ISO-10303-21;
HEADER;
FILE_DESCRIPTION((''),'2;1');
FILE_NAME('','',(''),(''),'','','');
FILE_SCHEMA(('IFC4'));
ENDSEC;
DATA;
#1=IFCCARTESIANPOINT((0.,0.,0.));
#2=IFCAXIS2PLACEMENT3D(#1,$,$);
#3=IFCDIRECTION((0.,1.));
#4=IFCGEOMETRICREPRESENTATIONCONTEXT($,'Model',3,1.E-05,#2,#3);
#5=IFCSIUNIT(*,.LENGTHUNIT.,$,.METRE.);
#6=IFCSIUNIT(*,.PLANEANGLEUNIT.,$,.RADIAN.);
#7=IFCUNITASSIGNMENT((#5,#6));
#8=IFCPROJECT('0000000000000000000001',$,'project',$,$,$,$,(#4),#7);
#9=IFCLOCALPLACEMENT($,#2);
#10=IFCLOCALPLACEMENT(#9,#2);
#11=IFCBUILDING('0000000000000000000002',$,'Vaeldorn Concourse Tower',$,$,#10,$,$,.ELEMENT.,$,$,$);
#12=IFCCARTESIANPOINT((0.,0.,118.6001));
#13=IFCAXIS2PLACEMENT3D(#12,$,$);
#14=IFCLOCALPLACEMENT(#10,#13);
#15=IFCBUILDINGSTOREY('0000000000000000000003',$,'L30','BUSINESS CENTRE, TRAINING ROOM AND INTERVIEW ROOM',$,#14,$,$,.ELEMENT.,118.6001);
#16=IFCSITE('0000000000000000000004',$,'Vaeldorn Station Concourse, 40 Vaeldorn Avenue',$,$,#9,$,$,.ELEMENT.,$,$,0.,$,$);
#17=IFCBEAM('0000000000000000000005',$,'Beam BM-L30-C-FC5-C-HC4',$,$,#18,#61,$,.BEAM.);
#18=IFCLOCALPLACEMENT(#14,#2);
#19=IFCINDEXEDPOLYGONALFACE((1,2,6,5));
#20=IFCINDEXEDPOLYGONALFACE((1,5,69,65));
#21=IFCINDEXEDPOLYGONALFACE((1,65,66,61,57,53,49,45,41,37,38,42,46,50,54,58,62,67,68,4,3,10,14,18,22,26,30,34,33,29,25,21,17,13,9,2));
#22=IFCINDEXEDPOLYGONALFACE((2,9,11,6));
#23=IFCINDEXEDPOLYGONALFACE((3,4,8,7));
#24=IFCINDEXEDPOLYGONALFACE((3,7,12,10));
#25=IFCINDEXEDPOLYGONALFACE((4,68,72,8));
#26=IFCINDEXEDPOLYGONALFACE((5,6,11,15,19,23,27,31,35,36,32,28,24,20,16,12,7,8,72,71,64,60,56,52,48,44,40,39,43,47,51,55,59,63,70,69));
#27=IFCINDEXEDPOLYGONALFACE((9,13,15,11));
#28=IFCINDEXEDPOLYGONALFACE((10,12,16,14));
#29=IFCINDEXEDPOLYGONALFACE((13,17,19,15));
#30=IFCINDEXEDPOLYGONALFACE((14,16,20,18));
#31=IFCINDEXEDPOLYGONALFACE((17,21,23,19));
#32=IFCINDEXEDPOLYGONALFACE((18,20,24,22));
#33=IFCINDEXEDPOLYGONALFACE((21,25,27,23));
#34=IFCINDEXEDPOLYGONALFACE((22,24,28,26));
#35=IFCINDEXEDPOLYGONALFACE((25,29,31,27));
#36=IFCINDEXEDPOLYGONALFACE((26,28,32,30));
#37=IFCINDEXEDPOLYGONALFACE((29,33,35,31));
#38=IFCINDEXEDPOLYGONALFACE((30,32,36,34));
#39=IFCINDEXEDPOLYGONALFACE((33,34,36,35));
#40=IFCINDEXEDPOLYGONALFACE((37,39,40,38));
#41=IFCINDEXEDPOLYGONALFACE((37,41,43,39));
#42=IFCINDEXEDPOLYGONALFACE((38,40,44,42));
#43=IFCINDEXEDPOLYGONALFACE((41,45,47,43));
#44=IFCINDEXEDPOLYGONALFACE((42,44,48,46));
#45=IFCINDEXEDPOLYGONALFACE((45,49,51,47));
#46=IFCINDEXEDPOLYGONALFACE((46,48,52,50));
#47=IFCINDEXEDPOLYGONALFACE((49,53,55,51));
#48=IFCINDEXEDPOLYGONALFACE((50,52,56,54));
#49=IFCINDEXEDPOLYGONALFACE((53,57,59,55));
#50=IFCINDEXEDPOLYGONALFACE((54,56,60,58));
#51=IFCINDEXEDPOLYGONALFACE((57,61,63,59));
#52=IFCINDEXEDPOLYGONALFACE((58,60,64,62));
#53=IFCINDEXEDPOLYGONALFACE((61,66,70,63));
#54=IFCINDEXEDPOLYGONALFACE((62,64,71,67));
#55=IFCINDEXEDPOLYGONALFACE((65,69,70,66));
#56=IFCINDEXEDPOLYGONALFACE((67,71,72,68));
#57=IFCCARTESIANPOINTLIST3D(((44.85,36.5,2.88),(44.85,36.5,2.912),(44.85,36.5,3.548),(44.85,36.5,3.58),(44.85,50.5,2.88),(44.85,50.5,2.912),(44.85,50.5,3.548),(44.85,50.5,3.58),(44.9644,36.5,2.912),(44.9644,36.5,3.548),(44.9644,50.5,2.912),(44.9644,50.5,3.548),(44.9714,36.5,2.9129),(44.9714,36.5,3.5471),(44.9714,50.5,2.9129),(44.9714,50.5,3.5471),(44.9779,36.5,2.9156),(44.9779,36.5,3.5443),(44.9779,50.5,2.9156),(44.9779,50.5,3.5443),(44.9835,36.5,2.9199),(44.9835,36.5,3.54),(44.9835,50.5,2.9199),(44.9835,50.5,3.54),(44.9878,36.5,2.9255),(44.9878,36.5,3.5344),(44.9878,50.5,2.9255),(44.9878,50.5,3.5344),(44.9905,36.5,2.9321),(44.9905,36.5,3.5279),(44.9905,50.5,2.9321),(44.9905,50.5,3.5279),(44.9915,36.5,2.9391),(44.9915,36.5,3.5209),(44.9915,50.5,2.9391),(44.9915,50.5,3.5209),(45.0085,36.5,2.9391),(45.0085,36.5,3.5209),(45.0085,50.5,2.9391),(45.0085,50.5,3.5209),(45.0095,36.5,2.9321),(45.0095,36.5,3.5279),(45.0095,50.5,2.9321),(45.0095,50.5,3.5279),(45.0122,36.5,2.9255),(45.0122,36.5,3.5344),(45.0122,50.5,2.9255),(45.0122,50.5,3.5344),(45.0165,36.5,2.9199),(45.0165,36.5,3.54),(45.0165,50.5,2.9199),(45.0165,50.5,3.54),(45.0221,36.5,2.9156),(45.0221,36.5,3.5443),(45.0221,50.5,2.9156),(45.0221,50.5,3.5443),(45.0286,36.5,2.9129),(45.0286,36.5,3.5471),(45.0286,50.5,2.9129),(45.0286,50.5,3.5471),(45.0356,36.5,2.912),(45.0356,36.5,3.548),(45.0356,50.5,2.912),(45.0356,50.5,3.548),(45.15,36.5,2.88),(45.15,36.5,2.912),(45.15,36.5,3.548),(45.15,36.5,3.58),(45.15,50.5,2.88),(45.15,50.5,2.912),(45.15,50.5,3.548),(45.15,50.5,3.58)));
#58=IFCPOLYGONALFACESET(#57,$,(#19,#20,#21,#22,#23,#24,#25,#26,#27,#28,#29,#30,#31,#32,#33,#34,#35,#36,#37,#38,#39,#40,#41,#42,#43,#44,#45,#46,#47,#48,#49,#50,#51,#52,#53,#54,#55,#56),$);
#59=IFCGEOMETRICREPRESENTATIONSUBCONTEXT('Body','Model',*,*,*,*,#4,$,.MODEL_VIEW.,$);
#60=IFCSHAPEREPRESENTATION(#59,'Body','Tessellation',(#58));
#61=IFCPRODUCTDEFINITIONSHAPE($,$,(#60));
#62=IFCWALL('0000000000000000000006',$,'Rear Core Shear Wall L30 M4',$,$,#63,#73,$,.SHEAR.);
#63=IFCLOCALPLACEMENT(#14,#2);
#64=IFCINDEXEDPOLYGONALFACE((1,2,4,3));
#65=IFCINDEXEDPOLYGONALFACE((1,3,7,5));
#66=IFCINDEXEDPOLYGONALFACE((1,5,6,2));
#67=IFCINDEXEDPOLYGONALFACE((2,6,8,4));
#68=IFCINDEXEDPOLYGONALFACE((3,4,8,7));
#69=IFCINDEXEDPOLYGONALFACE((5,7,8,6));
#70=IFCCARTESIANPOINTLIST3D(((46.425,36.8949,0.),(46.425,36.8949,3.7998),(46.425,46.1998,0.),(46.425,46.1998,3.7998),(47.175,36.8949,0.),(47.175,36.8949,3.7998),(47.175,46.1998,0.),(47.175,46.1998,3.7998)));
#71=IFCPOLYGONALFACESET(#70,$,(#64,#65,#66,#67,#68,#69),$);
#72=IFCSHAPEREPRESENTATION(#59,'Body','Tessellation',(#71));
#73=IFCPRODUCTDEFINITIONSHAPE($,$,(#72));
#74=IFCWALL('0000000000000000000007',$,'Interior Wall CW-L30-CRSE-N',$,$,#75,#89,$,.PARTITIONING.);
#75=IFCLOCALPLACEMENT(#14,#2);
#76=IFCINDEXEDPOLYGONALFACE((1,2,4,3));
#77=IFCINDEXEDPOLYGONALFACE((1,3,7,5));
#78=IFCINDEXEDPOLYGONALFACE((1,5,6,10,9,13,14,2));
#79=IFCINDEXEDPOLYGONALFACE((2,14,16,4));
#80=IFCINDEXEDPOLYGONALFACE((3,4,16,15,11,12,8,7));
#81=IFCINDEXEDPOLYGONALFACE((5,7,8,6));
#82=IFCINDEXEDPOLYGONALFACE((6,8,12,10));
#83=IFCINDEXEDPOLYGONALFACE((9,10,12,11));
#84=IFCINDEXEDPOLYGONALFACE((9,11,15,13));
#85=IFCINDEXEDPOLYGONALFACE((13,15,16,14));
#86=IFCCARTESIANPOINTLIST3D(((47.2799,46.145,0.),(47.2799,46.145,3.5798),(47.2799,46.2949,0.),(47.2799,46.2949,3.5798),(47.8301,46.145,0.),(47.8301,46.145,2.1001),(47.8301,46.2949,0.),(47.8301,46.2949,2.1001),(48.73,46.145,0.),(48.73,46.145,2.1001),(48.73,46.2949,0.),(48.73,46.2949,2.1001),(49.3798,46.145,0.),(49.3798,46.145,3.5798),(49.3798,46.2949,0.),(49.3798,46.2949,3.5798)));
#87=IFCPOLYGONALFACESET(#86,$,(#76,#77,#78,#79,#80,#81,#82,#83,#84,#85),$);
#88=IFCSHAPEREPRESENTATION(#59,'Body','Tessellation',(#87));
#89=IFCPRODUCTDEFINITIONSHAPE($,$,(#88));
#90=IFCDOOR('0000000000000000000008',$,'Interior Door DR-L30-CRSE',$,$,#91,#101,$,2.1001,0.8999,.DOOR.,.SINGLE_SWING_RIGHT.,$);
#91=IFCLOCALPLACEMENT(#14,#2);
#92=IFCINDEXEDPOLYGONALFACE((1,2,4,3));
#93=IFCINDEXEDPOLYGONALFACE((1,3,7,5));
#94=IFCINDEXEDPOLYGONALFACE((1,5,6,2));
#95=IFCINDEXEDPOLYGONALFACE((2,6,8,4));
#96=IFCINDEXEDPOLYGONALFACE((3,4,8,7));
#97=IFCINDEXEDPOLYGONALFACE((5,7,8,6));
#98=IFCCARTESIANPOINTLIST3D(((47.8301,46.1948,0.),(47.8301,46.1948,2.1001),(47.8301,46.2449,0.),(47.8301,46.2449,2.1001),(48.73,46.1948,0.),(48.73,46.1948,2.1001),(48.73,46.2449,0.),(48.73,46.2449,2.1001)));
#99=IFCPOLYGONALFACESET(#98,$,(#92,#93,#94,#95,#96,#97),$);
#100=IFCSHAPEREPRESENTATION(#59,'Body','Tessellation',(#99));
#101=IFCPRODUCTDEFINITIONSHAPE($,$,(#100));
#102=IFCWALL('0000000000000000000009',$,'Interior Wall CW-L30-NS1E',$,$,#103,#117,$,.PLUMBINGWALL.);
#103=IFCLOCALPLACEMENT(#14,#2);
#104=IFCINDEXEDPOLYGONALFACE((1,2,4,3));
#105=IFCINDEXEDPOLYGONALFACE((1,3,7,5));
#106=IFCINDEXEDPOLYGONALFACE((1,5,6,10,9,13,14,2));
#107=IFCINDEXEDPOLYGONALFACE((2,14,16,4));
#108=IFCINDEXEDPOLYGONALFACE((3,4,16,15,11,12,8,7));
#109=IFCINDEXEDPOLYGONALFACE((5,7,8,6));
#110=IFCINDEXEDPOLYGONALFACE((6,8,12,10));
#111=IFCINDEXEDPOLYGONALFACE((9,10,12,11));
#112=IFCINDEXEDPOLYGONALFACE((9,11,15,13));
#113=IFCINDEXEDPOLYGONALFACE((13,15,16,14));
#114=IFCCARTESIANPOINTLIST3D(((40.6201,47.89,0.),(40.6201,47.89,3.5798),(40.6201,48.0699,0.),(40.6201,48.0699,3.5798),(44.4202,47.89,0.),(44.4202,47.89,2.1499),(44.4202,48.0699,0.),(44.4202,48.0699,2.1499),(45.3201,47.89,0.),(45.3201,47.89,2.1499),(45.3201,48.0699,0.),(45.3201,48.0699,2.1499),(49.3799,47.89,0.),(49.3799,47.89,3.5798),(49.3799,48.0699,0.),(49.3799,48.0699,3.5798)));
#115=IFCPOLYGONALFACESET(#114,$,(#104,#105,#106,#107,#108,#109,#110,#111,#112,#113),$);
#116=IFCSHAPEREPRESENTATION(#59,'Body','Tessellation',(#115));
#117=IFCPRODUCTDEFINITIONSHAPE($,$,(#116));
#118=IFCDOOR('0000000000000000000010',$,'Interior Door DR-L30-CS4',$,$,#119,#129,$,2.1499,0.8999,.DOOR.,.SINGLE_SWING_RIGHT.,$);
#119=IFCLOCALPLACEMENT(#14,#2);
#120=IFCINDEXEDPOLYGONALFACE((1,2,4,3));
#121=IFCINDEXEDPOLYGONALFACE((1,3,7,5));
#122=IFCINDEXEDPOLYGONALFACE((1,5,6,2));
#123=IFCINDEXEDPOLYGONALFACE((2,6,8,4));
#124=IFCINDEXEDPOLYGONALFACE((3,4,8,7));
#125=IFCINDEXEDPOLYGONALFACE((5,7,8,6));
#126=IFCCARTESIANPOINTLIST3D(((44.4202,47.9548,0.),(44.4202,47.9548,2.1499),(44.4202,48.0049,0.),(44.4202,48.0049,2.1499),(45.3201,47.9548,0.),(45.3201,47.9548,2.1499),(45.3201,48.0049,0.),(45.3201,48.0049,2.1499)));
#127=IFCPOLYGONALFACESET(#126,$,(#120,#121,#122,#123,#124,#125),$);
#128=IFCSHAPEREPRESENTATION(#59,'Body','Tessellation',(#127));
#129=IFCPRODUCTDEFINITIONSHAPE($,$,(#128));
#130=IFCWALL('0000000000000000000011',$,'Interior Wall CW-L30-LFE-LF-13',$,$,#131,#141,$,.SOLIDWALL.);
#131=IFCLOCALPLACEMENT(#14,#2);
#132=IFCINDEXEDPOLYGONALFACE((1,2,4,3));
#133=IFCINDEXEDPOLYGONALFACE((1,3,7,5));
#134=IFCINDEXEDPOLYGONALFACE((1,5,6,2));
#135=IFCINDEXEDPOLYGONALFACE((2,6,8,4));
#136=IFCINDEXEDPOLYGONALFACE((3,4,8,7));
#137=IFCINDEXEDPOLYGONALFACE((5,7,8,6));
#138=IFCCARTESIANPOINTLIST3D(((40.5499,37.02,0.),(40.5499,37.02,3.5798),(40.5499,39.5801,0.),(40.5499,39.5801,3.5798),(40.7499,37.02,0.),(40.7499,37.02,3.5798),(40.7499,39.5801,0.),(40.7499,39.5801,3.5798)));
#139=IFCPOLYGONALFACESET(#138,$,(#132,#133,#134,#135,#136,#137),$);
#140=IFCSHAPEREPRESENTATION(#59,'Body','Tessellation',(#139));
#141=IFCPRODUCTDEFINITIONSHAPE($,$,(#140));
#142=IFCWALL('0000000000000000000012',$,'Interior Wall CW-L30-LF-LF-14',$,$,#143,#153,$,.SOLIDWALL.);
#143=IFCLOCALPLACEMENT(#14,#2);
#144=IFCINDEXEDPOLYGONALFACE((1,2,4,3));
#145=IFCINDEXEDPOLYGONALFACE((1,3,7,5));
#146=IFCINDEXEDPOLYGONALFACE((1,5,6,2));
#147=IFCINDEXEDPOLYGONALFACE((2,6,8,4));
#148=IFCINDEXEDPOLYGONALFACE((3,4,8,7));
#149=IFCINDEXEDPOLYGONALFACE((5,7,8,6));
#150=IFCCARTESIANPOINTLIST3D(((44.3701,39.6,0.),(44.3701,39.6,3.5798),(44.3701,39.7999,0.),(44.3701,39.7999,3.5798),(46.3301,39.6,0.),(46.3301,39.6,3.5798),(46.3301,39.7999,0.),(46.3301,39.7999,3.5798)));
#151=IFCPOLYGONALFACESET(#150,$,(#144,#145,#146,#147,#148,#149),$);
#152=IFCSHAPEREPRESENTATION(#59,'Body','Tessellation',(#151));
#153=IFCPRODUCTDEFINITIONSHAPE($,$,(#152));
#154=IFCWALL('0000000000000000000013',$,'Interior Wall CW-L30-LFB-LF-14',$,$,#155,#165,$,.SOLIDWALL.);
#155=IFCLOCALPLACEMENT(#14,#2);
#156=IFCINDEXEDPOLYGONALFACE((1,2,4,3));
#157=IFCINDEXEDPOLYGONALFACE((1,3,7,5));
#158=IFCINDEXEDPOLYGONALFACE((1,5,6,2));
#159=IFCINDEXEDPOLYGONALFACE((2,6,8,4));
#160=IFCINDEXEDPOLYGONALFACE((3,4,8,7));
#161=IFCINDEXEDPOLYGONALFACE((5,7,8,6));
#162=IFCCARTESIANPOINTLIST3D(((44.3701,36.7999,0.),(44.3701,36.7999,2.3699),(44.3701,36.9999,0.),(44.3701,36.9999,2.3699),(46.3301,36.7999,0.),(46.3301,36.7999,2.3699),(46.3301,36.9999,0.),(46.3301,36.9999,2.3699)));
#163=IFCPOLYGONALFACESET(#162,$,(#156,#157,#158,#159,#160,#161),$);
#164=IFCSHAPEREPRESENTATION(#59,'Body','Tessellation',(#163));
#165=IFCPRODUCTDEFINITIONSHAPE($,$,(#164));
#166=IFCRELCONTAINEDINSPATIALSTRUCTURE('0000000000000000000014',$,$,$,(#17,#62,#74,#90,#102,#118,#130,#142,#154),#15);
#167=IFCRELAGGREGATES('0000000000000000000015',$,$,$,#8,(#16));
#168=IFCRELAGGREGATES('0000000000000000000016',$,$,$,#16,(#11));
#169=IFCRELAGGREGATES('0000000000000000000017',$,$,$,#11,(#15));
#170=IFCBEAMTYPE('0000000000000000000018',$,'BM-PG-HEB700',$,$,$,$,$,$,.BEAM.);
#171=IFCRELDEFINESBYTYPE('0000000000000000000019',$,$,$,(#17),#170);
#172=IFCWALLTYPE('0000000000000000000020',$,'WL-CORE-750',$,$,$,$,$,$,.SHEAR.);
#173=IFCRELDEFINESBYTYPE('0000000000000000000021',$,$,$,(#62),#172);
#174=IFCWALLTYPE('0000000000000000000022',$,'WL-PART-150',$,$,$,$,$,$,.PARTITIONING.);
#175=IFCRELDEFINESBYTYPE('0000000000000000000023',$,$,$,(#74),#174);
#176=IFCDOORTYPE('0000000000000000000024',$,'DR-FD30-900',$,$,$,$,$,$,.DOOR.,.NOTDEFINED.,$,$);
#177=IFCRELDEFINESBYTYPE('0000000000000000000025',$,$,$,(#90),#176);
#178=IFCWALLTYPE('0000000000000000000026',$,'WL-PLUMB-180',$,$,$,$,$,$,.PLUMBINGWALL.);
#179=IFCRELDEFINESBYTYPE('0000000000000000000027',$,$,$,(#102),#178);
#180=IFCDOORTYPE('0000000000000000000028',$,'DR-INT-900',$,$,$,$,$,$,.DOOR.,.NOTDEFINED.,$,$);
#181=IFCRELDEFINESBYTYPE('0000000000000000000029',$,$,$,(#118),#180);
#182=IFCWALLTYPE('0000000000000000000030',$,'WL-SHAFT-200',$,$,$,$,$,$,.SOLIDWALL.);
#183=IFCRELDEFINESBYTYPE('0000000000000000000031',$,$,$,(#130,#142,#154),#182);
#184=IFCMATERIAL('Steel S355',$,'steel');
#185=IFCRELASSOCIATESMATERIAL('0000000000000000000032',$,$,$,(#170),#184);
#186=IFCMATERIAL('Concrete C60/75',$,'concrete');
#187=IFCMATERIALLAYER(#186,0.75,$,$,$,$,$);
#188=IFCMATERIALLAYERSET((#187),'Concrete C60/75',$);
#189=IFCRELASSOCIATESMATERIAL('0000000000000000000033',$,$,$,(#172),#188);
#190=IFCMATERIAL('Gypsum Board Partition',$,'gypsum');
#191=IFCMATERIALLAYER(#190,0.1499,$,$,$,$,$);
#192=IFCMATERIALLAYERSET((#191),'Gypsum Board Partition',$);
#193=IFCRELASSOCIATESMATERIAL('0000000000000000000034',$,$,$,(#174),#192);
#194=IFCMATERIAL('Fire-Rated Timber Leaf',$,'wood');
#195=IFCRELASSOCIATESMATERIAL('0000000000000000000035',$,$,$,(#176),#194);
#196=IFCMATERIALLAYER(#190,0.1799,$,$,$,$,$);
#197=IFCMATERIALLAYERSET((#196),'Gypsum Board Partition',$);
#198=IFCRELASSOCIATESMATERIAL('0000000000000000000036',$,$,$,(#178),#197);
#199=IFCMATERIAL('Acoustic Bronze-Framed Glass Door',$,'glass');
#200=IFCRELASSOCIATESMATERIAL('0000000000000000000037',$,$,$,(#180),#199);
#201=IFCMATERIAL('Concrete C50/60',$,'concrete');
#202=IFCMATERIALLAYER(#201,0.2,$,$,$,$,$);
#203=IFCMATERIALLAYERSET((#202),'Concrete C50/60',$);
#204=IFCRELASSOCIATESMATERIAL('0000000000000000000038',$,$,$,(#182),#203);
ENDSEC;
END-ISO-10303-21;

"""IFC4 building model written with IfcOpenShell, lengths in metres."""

from ifc_helpers import new_model, si_unit, direction, frame, frame_2d, origin, origin_2d, place, context, subcontext, project, spatial, rectangle, i_section, extrude, source, transform, mapped, material, layer, layer_set, material_profile, profile_set, type_object, element, fill, save


model = new_model("IFC4")

# Units and contexts
model_context = context("Model", 3, precision=1e-05, world=origin(), true_north=direction((0.0, 1.0)))
body_context = subcontext(model_context, "Body", "Model", "MODEL_VIEW")
ifc_project = project(units=[si_unit("LENGTHUNIT", "METRE"), si_unit("PLANEANGLEUNIT", "RADIAN")], contexts=[model_context])

# Site, building, storey
site_placement = place(None, origin())
site = spatial("IfcSite", under=ifc_project, at=site_placement, Name="Vaeldorn Station Concourse, 40 Vaeldorn Avenue", CompositionType="ELEMENT", RefElevation=0.0)
building_placement = place(site_placement, origin())
building = spatial("IfcBuilding", under=site, at=building_placement, Name="Vaeldorn Concourse Tower", CompositionType="ELEMENT")
storey_placement = place(building_placement, frame((0.0, 0.0, 118.6001)))
storey = spatial("IfcBuildingStorey", under=building, at=storey_placement, Name="L30", Description="BUSINESS CENTRE, TRAINING ROOM AND INTERVIEW ROOM", CompositionType="ELEMENT", Elevation=118.6001)

# Beam
ifc_material_1 = material(Name="Concrete C60/75", Category="concrete")
ifc_material_2 = material(Name="Steel S355", Category="steel")
ifc_material_profile_1 = material_profile(ifc_material_2, i_section(OverallWidth=0.3, OverallDepth=0.7, WebThickness=0.0171, FlangeThickness=0.032, FilletRadius=0.0271, at=origin_2d()), Name="HEB 700")
ifc_profile_set_1 = profile_set([ifc_material_profile_1], Name="Steel S355")
beam_type_1 = type_object("IfcBeamType", Name="BM-PG-HEB700", PredefinedType="BEAM", material=ifc_profile_set_1)
shared_shape_1 = source(origin(), body_context, "Body", "SweptSolid", [
    extrude(i_section(OverallWidth=0.3, OverallDepth=0.7, WebThickness=0.0171, FlangeThickness=0.032, FilletRadius=0.0271, at=origin_2d()), origin(), (0.0, 0.0, 1.0), 14.0),
])
beam_1_placement = place(storey_placement, frame((45.0, 36.5, 3.23), z_axis=(0.0, 1.0, 0.0), x_axis=(-1.0, 0.0, 0.0)))
element("IfcBeam", 1, at=beam_1_placement, inside=storey, type_object=beam_type_1, Name="Beam BM-L30-C-FC5-C-HC4", PredefinedType="BEAM", context=body_context, shape_type="MappedRepresentation", body=[
    mapped(shared_shape_1, transform((0.0, 0.0, 0.0), scale=1.0)),
])

# Wall
ifc_layer_1 = layer(ifc_material_1, 0.75)
ifc_layer_set_1 = layer_set([ifc_layer_1], Name="Concrete C60/75")
wall_type_1 = type_object("IfcWallType", Name="WL-CORE-750", PredefinedType="SHEAR", material=ifc_layer_set_1)
wall_1_placement = place(storey_placement, frame((46.8, 36.895, 0.0), z_axis=(0.0, 0.0, 1.0), x_axis=(0.0, 1.0, 0.0)))
element("IfcWall", 2, at=wall_1_placement, inside=storey, type_object=wall_type_1, Name="Rear Core Shear Wall L30 M4", PredefinedType="SHEAR", context=body_context, shape_type="SweptSolid", body=[
    extrude(rectangle(XDim=9.3049, YDim=0.75, at=frame_2d((4.6523, 0.0))), origin(), (0.0, 0.0, 1.0), 3.7998),
])

# Walls, openings, doors
ifc_material_3 = material(Name="Gypsum Board Partition", Category="gypsum")
ifc_layer_2 = layer(ifc_material_3, 0.1499)
ifc_layer_set_2 = layer_set([ifc_layer_2], Name="Gypsum Board Partition")
wall_type_2 = type_object("IfcWallType", Name="WL-PART-150", PredefinedType="PARTITIONING", material=ifc_layer_set_2)
wall_2_placement = place(storey_placement, frame((47.28, 46.22, 0.0), z_axis=(0.0, 0.0, 1.0), x_axis=(1.0, 0.0, 0.0)))
wall_2 = element("IfcWall", 3, at=wall_2_placement, inside=storey, type_object=wall_type_2, Name="Interior Wall CW-L30-CRSE-N", PredefinedType="PARTITIONING", context=body_context, shape_type="SweptSolid", body=[
    extrude(rectangle(XDim=2.0999, YDim=0.1499, at=frame_2d((1.0498, 0.0))), origin(), (0.0, 0.0, 1.0), 3.5798),
])
opening_1_placement = place(wall_2_placement, frame((0.55, 0.0, 0.0)))
opening_1 = element("IfcOpeningElement", 4, at=opening_1_placement, cuts=wall_2, PredefinedType="OPENING", context=body_context, shape_type="SweptSolid", body=[
    extrude(rectangle(XDim=0.8999, YDim=2.1001, at=frame_2d((0.45, 1.05))), frame((0.0, 0.085, 0.0), z_axis=(0.0, -1.0, 0.0), x_axis=(1.0, 0.0, 0.0)), (0.0, 0.0, 1.0), 0.1699),
])
ifc_material_4 = material(Name="Fire-Rated Timber Leaf", Category="wood")
door_type_1 = type_object("IfcDoorType", Name="DR-FD30-900", OperationType="NOTDEFINED", PredefinedType="DOOR", material=ifc_material_4)
shared_shape_2 = source(origin(), body_context, "Body", "SweptSolid", [
    extrude(rectangle(XDim=0.8999, YDim=2.1001, at=frame_2d((0.45, 1.05))), frame((0.0, 0.0249, 0.0), z_axis=(0.0, -1.0, 0.0), x_axis=(1.0, 0.0, 0.0)), (0.0, 0.0, 1.0), 0.05),
])
door_1_placement = place(opening_1_placement, origin())
door_1 = element("IfcDoor", 5, at=door_1_placement, inside=storey, type_object=door_type_1, Name="Interior Door DR-L30-CRSE", OperationType="SINGLE_SWING_RIGHT", OverallHeight=2.1001, OverallWidth=0.8999, PredefinedType="DOOR", context=body_context, shape_type="MappedRepresentation", body=[
    mapped(shared_shape_2, transform((0.0, 0.0, 0.0), scale=1.0)),
])
fill(opening_1, door_1)
ifc_layer_3 = layer(ifc_material_3, 0.1799)
ifc_layer_set_3 = layer_set([ifc_layer_3], Name="Gypsum Board Partition")
wall_type_3 = type_object("IfcWallType", Name="WL-PLUMB-180", PredefinedType="PLUMBINGWALL", material=ifc_layer_set_3)
wall_3_placement = place(storey_placement, frame((40.6201, 47.98, 0.0), z_axis=(0.0, 0.0, 1.0), x_axis=(1.0, 0.0, 0.0)))
wall_3 = element("IfcWall", 6, at=wall_3_placement, inside=storey, type_object=wall_type_3, Name="Interior Wall CW-L30-NS1E", PredefinedType="PLUMBINGWALL", context=body_context, shape_type="SweptSolid", body=[
    extrude(rectangle(XDim=8.7598, YDim=0.1799, at=frame_2d((4.3799, 0.0))), origin(), (0.0, 0.0, 1.0), 3.5798),
])
opening_2_placement = place(wall_3_placement, frame((3.8, 0.0, 0.0)))
opening_2 = element("IfcOpeningElement", 7, at=opening_2_placement, cuts=wall_3, PredefinedType="OPENING", context=body_context, shape_type="SweptSolid", body=[
    extrude(rectangle(XDim=0.8999, YDim=2.1499, at=frame_2d((0.45, 1.075))), frame((0.0, 0.1001, 0.0), z_axis=(0.0, -1.0, 0.0), x_axis=(1.0, 0.0, 0.0)), (0.0, 0.0, 1.0), 0.2),
])
ifc_material_5 = material(Name="Acoustic Bronze-Framed Glass Door", Category="glass")
door_type_2 = type_object("IfcDoorType", Name="DR-INT-900", OperationType="NOTDEFINED", PredefinedType="DOOR", material=ifc_material_5)
shared_shape_3 = source(origin(), body_context, "Body", "SweptSolid", [
    extrude(rectangle(XDim=0.8999, YDim=2.1499, at=frame_2d((0.45, 1.075))), frame((0.0, 0.0249, 0.0), z_axis=(0.0, -1.0, 0.0), x_axis=(1.0, 0.0, 0.0)), (0.0, 0.0, 1.0), 0.05),
])
door_2_placement = place(opening_2_placement, origin())
door_2 = element("IfcDoor", 8, at=door_2_placement, inside=storey, type_object=door_type_2, Name="Interior Door DR-L30-CS4", OperationType="SINGLE_SWING_RIGHT", OverallHeight=2.1499, OverallWidth=0.8999, PredefinedType="DOOR", context=body_context, shape_type="MappedRepresentation", body=[
    mapped(shared_shape_3, transform((0.0, 0.0, 0.0), scale=1.0)),
])
fill(opening_2, door_2)
ifc_material_6 = material(Name="Concrete C50/60", Category="concrete")
ifc_layer_4 = layer(ifc_material_6, 0.2)
ifc_layer_set_4 = layer_set([ifc_layer_4], Name="Concrete C50/60")
wall_type_4 = type_object("IfcWallType", Name="WL-SHAFT-200", PredefinedType="SOLIDWALL", material=ifc_layer_set_4)

# Walls
wall_4_placement = place(storey_placement, frame((40.6499, 37.02, 0.0), z_axis=(0.0, 0.0, 1.0), x_axis=(0.0, 1.0, 0.0)))
element("IfcWall", 9, at=wall_4_placement, inside=storey, type_object=wall_type_4, Name="Interior Wall CW-L30-LFE-LF-13", PredefinedType="SOLIDWALL", context=body_context, shape_type="SweptSolid", body=[
    extrude(rectangle(XDim=2.5601, YDim=0.2, at=frame_2d((1.28, 0.0))), origin(), (0.0, 0.0, 1.0), 3.5798),
])
wall_5_placement = place(storey_placement, frame((44.3701, 39.7, 0.0), z_axis=(0.0, 0.0, 1.0), x_axis=(1.0, 0.0, 0.0)))
element("IfcWall", 10, at=wall_5_placement, inside=storey, type_object=wall_type_4, Name="Interior Wall CW-L30-LF-LF-14", PredefinedType="SOLIDWALL", context=body_context, shape_type="SweptSolid", body=[
    extrude(rectangle(XDim=1.96, YDim=0.2, at=frame_2d((0.98, 0.0))), origin(), (0.0, 0.0, 1.0), 3.5798),
])
wall_6_placement = place(storey_placement, frame((44.3701, 36.8999, 0.0), z_axis=(0.0, 0.0, 1.0), x_axis=(1.0, 0.0, 0.0)))
element("IfcWall", 11, at=wall_6_placement, inside=storey, type_object=wall_type_4, Name="Interior Wall CW-L30-LFB-LF-14", PredefinedType="SOLIDWALL", context=body_context, shape_type="SweptSolid", body=[
    extrude(rectangle(XDim=1.96, YDim=0.2, at=frame_2d((0.98, 0.0))), origin(), (0.0, 0.0, 1.0), 2.3699),
])

save(model, "model.ifc")
